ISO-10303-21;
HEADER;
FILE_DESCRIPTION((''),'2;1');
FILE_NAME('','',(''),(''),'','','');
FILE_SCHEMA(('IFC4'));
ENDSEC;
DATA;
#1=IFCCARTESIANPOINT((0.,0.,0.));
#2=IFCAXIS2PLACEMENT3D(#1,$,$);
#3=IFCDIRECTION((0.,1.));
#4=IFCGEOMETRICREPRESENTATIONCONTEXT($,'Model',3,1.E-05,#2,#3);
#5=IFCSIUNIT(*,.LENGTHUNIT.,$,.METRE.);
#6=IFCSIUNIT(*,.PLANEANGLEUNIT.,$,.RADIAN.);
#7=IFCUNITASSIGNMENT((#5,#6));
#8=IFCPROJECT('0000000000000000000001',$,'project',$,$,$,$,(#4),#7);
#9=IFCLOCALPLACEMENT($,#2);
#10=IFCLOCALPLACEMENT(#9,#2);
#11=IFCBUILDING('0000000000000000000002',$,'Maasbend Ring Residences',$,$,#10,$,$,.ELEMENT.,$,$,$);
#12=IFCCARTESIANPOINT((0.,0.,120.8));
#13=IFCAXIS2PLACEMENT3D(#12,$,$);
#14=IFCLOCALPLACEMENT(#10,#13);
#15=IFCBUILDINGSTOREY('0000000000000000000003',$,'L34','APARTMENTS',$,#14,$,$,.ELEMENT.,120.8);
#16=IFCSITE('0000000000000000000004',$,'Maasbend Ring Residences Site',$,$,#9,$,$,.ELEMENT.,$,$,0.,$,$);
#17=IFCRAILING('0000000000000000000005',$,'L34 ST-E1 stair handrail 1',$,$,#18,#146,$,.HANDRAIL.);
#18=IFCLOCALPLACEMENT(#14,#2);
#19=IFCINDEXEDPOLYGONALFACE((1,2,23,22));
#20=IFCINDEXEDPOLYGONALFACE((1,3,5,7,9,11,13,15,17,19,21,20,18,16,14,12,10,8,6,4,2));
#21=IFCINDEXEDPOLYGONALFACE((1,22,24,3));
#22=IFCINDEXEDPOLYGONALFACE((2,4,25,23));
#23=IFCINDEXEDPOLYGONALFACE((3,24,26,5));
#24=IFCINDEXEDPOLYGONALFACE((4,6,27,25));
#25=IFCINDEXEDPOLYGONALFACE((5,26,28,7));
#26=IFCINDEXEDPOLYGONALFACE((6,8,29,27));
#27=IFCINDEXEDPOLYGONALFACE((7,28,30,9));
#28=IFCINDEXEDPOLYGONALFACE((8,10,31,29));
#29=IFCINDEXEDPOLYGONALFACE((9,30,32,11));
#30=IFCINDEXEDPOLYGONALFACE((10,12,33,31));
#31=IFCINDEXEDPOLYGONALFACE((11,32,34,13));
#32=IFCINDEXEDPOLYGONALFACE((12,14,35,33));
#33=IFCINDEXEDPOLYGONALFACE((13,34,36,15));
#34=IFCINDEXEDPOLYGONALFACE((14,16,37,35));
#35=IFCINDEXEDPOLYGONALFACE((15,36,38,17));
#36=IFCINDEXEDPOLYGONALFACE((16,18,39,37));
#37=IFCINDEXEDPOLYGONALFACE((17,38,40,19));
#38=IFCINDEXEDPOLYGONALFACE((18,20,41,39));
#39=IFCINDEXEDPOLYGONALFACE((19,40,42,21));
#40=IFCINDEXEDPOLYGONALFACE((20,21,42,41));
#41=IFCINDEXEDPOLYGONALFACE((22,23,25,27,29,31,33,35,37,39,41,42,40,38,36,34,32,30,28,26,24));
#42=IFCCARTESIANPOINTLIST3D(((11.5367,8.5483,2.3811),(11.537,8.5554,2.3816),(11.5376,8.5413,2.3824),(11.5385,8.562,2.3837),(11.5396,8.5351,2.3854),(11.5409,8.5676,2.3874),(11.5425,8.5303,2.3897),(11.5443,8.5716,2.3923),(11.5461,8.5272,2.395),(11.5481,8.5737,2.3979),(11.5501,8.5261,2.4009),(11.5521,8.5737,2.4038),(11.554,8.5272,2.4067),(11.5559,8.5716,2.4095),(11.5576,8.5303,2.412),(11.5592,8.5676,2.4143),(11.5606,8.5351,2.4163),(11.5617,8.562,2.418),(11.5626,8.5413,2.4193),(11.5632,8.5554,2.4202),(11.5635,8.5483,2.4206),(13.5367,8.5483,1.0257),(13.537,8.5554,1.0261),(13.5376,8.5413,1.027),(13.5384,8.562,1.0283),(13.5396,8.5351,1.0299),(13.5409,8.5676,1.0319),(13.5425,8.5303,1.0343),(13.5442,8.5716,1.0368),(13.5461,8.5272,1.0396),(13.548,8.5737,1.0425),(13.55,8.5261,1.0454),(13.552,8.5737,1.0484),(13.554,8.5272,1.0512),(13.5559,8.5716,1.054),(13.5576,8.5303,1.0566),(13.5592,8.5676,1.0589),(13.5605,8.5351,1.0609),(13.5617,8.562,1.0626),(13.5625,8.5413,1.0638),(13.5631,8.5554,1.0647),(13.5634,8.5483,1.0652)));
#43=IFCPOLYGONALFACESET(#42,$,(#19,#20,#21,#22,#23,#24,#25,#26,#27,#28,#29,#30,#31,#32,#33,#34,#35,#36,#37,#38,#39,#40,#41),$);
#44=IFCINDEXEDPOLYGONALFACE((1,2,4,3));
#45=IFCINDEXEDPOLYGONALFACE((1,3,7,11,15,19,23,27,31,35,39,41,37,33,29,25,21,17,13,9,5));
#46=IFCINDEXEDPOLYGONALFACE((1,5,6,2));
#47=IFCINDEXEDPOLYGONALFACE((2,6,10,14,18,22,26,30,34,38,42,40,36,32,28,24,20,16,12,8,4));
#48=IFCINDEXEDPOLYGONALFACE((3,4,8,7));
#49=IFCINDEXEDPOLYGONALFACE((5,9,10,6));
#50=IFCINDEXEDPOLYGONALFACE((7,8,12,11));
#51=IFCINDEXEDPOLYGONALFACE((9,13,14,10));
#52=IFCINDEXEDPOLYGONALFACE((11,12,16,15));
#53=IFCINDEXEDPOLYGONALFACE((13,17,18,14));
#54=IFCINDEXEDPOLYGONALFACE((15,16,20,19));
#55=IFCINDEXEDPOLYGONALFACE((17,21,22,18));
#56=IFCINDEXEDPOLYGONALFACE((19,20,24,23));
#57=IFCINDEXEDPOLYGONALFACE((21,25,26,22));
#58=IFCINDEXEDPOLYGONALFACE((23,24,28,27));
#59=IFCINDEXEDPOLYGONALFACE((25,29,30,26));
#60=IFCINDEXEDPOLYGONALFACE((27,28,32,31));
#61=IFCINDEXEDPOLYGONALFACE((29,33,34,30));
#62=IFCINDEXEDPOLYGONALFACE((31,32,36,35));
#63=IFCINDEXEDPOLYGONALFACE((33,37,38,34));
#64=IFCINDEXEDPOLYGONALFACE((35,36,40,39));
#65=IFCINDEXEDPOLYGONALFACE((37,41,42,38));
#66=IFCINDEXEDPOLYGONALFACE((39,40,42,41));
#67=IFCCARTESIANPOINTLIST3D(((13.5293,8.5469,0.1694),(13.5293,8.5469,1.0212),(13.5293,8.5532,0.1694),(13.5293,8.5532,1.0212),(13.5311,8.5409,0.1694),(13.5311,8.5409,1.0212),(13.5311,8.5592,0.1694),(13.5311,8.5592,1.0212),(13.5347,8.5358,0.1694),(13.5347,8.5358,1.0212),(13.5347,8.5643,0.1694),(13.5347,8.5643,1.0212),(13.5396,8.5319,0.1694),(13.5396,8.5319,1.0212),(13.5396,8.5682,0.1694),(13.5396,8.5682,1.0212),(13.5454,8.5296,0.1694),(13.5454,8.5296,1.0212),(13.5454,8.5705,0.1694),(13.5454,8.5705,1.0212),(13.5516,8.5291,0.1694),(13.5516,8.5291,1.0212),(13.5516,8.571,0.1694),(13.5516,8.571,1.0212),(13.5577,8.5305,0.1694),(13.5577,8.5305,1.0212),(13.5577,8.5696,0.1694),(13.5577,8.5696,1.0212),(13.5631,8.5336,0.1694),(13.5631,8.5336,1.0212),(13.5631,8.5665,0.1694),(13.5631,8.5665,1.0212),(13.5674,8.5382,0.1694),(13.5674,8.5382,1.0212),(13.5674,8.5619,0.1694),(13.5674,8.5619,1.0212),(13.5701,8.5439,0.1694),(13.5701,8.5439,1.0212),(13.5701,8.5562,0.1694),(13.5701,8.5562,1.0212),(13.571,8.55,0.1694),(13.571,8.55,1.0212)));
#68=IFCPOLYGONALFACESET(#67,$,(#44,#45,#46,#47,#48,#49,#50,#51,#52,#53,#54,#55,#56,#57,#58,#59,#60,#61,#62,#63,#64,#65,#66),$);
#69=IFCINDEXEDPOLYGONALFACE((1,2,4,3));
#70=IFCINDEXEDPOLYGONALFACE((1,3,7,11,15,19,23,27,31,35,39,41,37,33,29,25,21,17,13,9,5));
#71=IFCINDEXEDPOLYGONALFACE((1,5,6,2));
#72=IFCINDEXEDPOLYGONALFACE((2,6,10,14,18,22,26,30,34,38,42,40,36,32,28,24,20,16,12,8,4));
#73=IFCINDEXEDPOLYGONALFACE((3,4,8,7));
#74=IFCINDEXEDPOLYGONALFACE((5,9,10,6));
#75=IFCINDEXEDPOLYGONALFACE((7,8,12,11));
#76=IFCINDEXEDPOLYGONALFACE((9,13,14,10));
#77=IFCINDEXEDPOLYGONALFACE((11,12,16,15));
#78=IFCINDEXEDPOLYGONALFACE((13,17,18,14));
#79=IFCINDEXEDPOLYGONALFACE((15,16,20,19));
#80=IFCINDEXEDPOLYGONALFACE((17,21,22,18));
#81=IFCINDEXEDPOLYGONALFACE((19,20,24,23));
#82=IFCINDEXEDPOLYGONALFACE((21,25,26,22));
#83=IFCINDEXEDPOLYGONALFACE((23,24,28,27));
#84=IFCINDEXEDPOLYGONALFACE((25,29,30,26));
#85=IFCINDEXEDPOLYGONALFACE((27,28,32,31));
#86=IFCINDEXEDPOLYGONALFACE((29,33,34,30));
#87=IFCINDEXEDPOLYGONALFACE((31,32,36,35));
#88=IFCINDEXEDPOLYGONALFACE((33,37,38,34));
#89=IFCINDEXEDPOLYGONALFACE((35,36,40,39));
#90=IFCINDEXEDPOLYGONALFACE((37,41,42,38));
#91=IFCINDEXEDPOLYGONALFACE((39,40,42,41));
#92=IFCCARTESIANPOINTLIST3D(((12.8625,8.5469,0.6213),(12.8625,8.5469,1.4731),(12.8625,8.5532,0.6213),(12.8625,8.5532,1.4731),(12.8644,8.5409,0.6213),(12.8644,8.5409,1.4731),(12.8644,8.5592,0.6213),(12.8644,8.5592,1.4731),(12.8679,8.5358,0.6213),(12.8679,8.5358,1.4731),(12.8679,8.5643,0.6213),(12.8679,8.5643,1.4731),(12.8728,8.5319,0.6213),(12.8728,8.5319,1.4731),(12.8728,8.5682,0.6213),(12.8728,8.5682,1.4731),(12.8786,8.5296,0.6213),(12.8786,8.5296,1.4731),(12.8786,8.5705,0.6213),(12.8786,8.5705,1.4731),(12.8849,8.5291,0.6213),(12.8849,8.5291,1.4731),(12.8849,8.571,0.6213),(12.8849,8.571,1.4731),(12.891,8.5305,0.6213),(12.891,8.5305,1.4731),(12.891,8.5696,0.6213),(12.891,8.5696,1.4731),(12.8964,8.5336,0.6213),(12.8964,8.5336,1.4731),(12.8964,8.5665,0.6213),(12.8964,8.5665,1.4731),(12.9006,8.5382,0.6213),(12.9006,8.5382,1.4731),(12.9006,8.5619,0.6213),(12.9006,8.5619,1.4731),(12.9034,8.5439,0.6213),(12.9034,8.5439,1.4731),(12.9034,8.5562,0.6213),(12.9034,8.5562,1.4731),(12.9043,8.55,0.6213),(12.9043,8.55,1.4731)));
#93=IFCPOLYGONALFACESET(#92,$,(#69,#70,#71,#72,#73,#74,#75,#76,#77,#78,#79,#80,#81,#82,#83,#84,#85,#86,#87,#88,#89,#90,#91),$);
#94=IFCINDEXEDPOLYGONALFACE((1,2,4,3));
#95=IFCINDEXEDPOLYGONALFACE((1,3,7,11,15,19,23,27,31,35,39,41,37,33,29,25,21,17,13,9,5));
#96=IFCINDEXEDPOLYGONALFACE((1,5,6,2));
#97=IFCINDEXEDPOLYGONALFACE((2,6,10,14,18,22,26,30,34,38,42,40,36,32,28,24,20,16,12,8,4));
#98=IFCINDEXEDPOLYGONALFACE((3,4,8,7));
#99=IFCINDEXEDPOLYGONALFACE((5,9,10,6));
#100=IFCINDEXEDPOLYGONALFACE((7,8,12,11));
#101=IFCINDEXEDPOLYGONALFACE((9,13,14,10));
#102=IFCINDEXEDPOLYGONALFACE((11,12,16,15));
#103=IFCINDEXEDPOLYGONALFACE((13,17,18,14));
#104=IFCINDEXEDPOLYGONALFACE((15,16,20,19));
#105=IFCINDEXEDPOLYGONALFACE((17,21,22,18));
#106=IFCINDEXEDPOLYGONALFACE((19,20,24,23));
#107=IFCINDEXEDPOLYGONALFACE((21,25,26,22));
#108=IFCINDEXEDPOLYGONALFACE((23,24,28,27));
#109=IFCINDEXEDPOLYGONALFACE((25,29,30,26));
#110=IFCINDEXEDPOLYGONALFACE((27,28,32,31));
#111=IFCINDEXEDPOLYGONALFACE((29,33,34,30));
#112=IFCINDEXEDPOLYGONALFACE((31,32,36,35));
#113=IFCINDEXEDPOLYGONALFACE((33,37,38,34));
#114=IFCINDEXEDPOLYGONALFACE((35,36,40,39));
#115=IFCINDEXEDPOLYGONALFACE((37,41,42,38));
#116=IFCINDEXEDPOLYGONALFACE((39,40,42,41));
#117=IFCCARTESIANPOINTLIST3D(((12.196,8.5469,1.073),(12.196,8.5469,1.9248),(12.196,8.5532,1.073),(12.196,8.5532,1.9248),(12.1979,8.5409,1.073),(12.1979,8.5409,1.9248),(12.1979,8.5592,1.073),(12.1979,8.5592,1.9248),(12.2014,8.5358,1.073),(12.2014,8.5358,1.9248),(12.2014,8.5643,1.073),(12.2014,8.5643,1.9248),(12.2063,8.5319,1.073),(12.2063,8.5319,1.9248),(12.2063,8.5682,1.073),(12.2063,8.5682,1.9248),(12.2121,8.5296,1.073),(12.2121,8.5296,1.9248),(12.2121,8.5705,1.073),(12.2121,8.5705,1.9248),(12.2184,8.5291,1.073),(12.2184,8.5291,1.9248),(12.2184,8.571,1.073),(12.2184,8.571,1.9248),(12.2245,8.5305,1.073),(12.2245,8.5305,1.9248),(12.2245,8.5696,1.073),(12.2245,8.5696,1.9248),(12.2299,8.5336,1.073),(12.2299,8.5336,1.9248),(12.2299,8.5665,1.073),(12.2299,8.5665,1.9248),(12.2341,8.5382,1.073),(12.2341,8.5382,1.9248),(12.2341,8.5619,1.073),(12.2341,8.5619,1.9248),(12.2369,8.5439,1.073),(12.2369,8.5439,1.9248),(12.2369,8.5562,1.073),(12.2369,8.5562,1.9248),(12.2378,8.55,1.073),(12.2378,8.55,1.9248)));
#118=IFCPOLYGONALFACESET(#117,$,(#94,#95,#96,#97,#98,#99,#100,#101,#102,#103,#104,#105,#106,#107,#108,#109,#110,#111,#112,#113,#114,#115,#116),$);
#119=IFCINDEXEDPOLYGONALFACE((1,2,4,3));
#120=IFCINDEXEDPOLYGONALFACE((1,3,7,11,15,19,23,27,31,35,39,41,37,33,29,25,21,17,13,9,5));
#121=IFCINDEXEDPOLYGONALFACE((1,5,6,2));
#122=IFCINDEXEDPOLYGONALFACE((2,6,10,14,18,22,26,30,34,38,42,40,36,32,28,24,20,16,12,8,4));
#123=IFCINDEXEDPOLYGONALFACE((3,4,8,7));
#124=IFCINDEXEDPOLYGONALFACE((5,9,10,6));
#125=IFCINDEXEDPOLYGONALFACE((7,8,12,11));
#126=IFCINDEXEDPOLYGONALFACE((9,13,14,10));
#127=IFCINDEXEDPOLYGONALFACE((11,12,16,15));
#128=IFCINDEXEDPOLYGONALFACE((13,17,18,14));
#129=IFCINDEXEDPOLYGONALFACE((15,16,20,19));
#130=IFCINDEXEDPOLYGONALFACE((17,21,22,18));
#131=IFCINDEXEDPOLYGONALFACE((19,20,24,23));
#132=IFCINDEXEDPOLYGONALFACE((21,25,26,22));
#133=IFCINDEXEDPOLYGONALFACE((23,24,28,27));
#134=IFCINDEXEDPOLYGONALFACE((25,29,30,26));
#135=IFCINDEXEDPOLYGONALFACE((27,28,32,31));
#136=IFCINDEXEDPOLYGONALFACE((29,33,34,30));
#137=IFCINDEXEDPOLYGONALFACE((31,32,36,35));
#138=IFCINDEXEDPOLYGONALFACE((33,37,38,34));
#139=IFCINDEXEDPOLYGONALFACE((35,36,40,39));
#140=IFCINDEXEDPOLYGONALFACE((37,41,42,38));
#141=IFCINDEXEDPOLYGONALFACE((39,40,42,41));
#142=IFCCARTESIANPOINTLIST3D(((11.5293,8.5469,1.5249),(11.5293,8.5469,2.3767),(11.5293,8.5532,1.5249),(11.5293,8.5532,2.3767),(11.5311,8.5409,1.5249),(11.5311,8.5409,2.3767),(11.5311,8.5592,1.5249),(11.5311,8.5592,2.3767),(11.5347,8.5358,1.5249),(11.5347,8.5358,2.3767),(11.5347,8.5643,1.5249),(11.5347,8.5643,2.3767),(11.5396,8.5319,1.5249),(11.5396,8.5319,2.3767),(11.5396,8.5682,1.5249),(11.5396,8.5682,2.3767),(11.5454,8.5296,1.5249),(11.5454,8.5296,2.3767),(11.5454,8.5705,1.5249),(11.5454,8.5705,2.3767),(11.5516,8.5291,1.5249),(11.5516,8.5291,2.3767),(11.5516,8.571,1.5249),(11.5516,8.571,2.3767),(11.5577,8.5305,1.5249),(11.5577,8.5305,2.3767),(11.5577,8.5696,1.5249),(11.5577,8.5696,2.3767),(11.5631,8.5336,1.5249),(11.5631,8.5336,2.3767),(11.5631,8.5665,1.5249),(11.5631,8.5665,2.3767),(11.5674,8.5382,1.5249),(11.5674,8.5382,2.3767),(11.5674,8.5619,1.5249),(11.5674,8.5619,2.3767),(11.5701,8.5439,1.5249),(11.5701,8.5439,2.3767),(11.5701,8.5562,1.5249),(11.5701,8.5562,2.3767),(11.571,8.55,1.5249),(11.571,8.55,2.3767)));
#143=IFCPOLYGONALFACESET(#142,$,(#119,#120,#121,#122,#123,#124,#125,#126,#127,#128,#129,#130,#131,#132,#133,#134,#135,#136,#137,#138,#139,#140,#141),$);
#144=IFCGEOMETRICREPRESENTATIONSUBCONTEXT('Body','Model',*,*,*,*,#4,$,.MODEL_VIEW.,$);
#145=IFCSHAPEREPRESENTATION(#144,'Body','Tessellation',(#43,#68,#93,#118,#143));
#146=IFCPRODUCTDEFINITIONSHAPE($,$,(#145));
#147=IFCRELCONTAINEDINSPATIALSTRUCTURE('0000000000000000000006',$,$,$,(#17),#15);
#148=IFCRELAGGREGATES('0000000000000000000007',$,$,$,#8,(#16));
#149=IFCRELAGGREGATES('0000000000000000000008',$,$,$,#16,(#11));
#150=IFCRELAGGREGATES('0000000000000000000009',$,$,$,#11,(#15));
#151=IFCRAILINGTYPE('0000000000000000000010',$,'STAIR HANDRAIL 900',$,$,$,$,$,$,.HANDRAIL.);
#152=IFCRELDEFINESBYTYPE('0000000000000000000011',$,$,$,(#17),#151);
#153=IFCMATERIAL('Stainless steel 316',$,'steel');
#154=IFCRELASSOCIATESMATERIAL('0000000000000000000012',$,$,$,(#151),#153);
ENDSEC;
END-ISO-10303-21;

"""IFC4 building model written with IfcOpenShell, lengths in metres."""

from ifc_helpers import new_model, si_unit, direction, frame, origin, origin_2d, place, context, subcontext, project, spatial, circle, extrude, material, type_object, element, save


model = new_model("IFC4")

# Units and contexts
model_context = context("Model", 3, precision=1e-05, world=origin(), true_north=direction((0.0, 1.0)))
body_context = subcontext(model_context, "Body", "Model", "MODEL_VIEW")
ifc_project = project(units=[si_unit("LENGTHUNIT", "METRE"), si_unit("PLANEANGLEUNIT", "RADIAN")], contexts=[model_context])

# Site, building, storey
site_placement = place(None, origin())
site = spatial("IfcSite", under=ifc_project, at=site_placement, Name="Maasbend Ring Residences Site", CompositionType="ELEMENT", RefElevation=0.0)
building_placement = place(site_placement, origin())
building = spatial("IfcBuilding", under=site, at=building_placement, Name="Maasbend Ring Residences", CompositionType="ELEMENT")
storey_placement = place(building_placement, frame((0.0, 0.0, 120.8)))
storey = spatial("IfcBuildingStorey", under=building, at=storey_placement, Name="L34", Description="APARTMENTS", CompositionType="ELEMENT", Elevation=120.8)

# Railing
ifc_material_1 = material(Name="Stainless steel 316", Category="steel")
railing_type_1 = type_object("IfcRailingType", Name="STAIR HANDRAIL 900", PredefinedType="HANDRAIL", material=ifc_material_1)
railing_1_placement = place(storey_placement, frame((13.55, 8.55, 0.1694)))
element("IfcRailing", 1, at=railing_1_placement, inside=storey, type_object=railing_type_1, Name="L34 ST-E1 stair handrail 1", PredefinedType="HANDRAIL", context=body_context, shape_type="SweptSolid", body=[
    extrude(circle(Radius=0.0239, at=origin_2d()), frame((0.0, 0.0, 0.876), z_axis=(-0.827798, 0.0, 0.561027), x_axis=(0.0, -1.0, 0.0)), (0.0, 0.0, 1.0), 2.416),
    extrude(circle(Radius=0.021, at=origin_2d()), origin(), (0.0, 0.0, 1.0), 0.8518),
    extrude(circle(Radius=0.021, at=origin_2d()), frame((-0.6667, 0.0, 0.4519)), (0.0, 0.0, 1.0), 0.8518),
    extrude(circle(Radius=0.021, at=origin_2d()), frame((-1.3333, 0.0, 0.9036)), (0.0, 0.0, 1.0), 0.8518),
    extrude(circle(Radius=0.021, at=origin_2d()), frame((-2.0, 0.0, 1.3555)), (0.0, 0.0, 1.0), 0.8518),
])

save(model, "model.ifc")
